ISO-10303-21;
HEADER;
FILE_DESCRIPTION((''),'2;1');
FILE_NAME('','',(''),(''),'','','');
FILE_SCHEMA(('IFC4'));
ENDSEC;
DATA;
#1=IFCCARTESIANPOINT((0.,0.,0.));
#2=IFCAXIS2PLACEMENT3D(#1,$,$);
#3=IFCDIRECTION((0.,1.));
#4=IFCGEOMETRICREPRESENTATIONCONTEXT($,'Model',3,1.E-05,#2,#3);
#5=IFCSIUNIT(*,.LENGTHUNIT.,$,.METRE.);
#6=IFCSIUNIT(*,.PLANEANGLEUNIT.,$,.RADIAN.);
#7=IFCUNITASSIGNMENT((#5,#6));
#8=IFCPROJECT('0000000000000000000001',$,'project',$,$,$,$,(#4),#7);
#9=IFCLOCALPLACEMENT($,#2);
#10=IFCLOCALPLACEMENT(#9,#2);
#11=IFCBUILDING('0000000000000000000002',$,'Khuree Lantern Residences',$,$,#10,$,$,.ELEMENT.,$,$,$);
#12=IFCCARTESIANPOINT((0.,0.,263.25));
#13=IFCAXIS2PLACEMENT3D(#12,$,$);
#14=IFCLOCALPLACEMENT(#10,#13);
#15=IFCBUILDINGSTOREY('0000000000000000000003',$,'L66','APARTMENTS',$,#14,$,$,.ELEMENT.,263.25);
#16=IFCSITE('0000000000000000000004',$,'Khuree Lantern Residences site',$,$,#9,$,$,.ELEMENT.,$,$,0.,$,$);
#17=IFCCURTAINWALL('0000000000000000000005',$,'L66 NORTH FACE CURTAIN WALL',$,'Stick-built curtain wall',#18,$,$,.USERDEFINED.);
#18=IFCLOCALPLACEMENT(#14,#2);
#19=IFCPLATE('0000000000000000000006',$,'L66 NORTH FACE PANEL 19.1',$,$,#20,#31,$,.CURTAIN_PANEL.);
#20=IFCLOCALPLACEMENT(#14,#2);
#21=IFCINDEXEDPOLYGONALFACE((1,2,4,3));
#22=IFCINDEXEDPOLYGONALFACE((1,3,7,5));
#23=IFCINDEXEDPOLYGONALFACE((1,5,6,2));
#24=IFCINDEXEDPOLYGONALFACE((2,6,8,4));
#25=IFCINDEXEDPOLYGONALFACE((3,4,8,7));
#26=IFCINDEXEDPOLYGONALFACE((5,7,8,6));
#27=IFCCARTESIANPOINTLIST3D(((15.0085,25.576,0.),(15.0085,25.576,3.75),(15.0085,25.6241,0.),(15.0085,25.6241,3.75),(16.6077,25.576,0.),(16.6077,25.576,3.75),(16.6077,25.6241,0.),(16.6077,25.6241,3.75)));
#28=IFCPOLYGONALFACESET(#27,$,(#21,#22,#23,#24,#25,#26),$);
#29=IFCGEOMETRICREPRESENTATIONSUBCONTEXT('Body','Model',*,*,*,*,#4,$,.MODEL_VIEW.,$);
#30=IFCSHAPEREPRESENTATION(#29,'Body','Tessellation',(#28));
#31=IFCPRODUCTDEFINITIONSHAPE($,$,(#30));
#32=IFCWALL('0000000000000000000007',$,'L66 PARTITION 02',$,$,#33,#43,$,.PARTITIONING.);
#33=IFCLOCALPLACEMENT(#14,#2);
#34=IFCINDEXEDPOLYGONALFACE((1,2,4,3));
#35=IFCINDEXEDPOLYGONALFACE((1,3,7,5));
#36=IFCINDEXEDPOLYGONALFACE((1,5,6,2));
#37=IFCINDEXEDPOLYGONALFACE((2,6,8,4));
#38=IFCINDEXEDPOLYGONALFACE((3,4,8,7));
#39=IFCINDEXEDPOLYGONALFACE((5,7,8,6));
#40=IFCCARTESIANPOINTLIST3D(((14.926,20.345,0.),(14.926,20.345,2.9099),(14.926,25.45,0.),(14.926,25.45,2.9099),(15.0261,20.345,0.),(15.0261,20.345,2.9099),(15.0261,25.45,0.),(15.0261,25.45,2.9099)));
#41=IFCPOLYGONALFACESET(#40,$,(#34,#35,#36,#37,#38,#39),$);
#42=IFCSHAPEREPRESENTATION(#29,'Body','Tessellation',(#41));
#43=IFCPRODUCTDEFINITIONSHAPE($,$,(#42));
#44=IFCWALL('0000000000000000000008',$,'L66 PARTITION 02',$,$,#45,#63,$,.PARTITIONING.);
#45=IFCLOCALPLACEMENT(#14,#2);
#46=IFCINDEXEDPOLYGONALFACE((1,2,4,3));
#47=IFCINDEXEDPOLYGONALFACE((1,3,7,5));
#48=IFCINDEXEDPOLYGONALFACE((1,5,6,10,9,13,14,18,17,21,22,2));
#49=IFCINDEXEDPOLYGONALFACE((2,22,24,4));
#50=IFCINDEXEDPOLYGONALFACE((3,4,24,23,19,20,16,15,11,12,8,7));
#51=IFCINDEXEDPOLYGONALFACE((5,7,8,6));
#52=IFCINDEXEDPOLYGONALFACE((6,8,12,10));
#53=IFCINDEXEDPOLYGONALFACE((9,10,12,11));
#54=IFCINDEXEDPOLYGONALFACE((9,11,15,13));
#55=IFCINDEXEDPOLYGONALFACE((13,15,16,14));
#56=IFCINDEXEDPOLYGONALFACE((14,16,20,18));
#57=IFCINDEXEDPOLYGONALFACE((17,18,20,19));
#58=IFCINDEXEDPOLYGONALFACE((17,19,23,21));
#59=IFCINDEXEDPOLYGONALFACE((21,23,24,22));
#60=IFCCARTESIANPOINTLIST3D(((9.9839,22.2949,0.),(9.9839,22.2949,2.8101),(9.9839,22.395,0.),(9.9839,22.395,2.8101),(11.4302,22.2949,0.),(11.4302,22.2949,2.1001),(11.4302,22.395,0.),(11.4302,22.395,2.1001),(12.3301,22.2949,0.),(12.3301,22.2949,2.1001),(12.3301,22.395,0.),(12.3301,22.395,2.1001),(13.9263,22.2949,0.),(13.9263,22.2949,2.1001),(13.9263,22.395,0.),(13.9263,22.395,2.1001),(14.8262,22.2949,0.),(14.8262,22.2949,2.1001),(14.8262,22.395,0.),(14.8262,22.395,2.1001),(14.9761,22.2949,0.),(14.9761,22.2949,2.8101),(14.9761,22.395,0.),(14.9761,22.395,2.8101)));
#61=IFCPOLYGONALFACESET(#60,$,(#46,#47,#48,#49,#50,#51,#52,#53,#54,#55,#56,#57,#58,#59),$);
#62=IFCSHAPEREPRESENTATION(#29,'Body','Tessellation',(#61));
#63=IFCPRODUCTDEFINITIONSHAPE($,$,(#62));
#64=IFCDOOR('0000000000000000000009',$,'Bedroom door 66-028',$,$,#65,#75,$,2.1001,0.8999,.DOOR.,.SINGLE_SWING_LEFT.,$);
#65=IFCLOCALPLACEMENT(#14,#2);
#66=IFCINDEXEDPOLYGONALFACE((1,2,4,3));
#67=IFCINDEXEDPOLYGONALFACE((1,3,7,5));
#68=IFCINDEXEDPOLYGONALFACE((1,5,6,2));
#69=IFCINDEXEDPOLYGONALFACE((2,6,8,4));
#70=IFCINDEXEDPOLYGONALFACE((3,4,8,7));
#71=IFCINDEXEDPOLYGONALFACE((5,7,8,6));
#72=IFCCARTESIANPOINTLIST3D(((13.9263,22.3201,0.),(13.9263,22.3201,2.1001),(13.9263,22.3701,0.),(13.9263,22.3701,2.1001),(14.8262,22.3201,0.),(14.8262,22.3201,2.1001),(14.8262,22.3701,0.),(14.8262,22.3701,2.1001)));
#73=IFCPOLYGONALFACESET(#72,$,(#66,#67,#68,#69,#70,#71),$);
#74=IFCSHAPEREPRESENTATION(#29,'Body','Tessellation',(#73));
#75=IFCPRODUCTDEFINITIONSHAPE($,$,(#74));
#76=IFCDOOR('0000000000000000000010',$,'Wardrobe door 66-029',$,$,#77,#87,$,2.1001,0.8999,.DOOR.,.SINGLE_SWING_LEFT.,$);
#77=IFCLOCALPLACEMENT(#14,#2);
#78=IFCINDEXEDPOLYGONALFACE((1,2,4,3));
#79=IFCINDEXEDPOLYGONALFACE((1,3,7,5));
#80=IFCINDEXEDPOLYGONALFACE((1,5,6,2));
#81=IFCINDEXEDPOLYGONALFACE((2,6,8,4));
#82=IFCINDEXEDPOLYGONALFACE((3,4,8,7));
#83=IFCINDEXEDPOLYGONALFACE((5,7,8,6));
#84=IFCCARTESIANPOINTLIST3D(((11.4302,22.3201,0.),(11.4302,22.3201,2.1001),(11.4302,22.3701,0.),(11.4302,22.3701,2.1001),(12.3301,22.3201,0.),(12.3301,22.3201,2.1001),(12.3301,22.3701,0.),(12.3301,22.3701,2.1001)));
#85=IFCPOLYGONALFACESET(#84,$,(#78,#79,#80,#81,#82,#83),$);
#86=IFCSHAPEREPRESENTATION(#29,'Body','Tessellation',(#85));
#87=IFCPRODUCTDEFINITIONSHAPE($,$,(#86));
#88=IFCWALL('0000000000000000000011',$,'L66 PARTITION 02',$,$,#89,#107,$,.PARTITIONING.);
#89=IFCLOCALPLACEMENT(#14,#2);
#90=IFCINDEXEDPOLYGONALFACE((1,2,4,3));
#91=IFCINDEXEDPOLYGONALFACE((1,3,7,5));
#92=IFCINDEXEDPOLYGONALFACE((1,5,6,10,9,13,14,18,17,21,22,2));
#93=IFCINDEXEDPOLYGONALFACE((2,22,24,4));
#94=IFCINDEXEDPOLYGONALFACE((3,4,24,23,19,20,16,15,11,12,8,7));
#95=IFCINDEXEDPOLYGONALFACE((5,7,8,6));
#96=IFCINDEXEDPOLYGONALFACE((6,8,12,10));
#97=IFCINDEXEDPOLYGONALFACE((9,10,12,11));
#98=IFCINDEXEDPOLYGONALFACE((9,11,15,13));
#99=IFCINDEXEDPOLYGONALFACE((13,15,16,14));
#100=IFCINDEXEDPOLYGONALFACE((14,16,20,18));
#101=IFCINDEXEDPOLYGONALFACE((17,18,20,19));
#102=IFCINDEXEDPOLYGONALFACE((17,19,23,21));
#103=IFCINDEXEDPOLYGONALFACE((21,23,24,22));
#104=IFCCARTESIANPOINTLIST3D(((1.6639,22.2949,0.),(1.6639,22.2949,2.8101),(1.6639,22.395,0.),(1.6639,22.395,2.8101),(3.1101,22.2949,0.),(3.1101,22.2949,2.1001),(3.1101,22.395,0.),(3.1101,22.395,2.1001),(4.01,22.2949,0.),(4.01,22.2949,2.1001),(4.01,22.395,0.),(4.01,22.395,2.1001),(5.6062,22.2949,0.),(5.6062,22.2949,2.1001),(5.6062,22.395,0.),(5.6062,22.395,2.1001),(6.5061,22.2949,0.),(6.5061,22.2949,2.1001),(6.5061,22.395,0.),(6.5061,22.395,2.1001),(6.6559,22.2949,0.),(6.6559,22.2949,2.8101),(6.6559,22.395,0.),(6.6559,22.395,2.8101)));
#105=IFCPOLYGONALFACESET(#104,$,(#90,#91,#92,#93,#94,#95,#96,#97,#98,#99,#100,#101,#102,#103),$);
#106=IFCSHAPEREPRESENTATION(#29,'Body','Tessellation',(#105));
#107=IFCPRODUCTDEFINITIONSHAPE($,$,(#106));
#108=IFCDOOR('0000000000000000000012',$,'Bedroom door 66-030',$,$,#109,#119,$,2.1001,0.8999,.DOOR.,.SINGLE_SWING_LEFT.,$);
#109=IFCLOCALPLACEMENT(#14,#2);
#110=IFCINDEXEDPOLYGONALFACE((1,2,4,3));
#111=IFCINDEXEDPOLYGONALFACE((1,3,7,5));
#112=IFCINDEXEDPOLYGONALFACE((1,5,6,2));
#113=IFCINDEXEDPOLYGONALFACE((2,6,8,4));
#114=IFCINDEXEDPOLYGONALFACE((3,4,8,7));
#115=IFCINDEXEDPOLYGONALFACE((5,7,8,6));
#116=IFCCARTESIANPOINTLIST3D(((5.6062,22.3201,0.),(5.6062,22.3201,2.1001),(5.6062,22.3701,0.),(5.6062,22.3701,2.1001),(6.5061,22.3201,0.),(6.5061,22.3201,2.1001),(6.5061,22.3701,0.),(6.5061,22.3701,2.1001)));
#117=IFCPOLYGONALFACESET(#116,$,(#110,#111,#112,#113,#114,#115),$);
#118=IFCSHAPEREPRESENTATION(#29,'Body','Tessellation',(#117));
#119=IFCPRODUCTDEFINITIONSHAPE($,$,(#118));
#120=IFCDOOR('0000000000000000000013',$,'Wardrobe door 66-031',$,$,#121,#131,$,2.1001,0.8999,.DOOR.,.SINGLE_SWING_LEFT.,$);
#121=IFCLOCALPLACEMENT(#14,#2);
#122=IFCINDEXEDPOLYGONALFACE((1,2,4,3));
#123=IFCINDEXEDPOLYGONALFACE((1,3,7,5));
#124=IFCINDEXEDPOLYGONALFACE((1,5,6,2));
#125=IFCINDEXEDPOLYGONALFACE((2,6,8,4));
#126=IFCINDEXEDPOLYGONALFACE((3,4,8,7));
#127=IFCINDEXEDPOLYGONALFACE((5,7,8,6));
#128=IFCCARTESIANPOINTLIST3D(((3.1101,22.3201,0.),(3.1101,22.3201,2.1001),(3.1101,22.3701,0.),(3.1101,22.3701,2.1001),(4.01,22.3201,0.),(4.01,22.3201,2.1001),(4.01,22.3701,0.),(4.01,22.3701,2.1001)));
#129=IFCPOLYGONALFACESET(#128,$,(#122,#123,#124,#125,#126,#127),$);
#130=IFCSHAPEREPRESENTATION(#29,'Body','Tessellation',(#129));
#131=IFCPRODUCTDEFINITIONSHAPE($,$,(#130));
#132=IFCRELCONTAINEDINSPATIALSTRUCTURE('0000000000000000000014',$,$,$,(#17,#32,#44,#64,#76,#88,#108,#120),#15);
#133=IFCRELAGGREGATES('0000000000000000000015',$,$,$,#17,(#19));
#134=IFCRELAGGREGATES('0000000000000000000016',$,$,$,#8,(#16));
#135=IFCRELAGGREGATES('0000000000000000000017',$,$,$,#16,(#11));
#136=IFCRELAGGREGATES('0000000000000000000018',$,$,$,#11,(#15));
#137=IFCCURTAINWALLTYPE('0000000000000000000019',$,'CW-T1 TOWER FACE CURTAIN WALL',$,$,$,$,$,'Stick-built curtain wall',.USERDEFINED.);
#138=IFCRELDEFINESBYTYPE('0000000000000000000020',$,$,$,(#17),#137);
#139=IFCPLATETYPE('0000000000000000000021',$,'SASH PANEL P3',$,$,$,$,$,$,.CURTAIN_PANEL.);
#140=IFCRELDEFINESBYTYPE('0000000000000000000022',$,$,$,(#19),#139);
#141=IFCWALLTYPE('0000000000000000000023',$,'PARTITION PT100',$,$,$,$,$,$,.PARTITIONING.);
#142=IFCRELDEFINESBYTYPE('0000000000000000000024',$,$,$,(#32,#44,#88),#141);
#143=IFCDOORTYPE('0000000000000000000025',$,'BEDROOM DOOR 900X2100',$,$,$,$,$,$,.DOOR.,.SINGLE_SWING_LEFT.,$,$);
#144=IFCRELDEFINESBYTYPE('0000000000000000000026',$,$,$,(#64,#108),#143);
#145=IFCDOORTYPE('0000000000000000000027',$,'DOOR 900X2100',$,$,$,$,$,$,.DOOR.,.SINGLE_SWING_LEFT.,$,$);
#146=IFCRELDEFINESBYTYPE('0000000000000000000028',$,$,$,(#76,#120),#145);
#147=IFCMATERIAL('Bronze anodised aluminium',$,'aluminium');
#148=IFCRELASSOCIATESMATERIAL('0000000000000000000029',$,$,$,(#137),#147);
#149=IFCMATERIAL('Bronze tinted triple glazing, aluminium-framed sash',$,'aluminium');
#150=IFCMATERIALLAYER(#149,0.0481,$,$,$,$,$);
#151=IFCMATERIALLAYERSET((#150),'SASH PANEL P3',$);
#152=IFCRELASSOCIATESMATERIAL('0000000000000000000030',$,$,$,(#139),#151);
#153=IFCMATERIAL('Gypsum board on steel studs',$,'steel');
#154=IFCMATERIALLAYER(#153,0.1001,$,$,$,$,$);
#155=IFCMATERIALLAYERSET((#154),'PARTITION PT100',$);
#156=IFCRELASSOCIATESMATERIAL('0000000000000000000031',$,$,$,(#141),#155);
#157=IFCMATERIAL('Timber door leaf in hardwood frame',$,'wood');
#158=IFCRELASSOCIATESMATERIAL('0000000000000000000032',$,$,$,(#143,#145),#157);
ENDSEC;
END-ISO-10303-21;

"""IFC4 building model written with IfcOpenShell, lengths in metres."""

from ifc_helpers import new_model, si_unit, direction, frame, frame_2d, origin, origin_2d, place, context, subcontext, project, spatial, rectangle, extrude, material, layer, layer_set, type_object, element, fill, aggregate, save


model = new_model("IFC4")

# Units and contexts
model_context = context("Model", 3, precision=1e-05, world=origin(), true_north=direction((0.0, 1.0)))
body_context = subcontext(model_context, "Body", "Model", "MODEL_VIEW")
ifc_project = project(units=[si_unit("LENGTHUNIT", "METRE"), si_unit("PLANEANGLEUNIT", "RADIAN")], contexts=[model_context])

# Site, building, storey
site_placement = place(None, origin())
site = spatial("IfcSite", under=ifc_project, at=site_placement, Name="Khuree Lantern Residences site", CompositionType="ELEMENT", RefElevation=0.0)
building_placement = place(site_placement, origin())
building = spatial("IfcBuilding", under=site, at=building_placement, Name="Khuree Lantern Residences", CompositionType="ELEMENT")
storey_placement = place(building_placement, frame((0.0, 0.0, 263.25)))
storey = spatial("IfcBuildingStorey", under=building, at=storey_placement, Name="L66", Description="APARTMENTS", CompositionType="ELEMENT", Elevation=263.25)

# Curtain wall
ifc_material_1 = material(Name="Bronze anodised aluminium", Category="aluminium")
curtain_wall_type = type_object("IfcCurtainWallType", Name="CW-T1 TOWER FACE CURTAIN WALL", ElementType="Stick-built curtain wall", PredefinedType="USERDEFINED", material=ifc_material_1)
curtain_wall_placement = place(storey_placement, origin())
curtain_wall = element("IfcCurtainWall", 1, at=curtain_wall_placement, inside=storey, type_object=curtain_wall_type, Name="L66 NORTH FACE CURTAIN WALL", ObjectType="Stick-built curtain wall", PredefinedType="USERDEFINED")

# Plate
ifc_material_2 = material(Name="Bronze tinted triple glazing, aluminium-framed sash", Category="aluminium")
ifc_layer_1 = layer(ifc_material_2, 0.0481)
ifc_layer_set_1 = layer_set([ifc_layer_1], Name="SASH PANEL P3")
plate_type_1 = type_object("IfcPlateType", Name="SASH PANEL P3", PredefinedType="CURTAIN_PANEL", material=ifc_layer_set_1)
plate_1_placement = place(storey_placement, frame((15.8081, 25.6001, 0.0), z_axis=(0.0, 0.0, 1.0), x_axis=(-1.0, 0.0, 0.0)))
plate_1 = element("IfcPlate", 2, at=plate_1_placement, type_object=plate_type_1, Name="L66 NORTH FACE PANEL 19.1", PredefinedType="CURTAIN_PANEL", context=body_context, shape_type="SweptSolid", body=[
    extrude(rectangle(XDim=1.5991, YDim=0.0481, at=origin_2d()), origin(), (0.0, 0.0, 1.0), 3.75),
])
aggregate(curtain_wall, [plate_1])

# Wall
ifc_material_3 = material(Name="Gypsum board on steel studs", Category="steel")
ifc_layer_2 = layer(ifc_material_3, 0.1001)
ifc_layer_set_2 = layer_set([ifc_layer_2], Name="PARTITION PT100")
wall_type = type_object("IfcWallType", Name="PARTITION PT100", PredefinedType="PARTITIONING", material=ifc_layer_set_2)
wall_1_placement = place(storey_placement, frame((14.9761, 20.345, 0.0), z_axis=(0.0, 0.0, 1.0), x_axis=(0.0, 1.0, 0.0)))
element("IfcWall", 3, at=wall_1_placement, inside=storey, type_object=wall_type, Name="L66 PARTITION 02", PredefinedType="PARTITIONING", context=body_context, shape_type="SweptSolid", body=[
    extrude(rectangle(XDim=5.105, YDim=0.1001, at=frame_2d((2.5525, 0.0))), origin(), (0.0, 0.0, 1.0), 2.9099),
])

# Walls, openings, doors
wall_2_placement = place(storey_placement, frame((14.9761, 22.345, 0.0), z_axis=(0.0, 0.0, 1.0), x_axis=(-1.0, 0.0, 0.0)))
wall_2 = element("IfcWall", 4, at=wall_2_placement, inside=storey, type_object=wall_type, Name="L66 PARTITION 02", PredefinedType="PARTITIONING", context=body_context, shape_type="SweptSolid", body=[
    extrude(rectangle(XDim=4.9922, YDim=0.1001, at=frame_2d((2.4961, 0.0))), origin(), (0.0, 0.0, 1.0), 2.8101),
])
opening_1_placement = place(wall_2_placement, frame((0.1499, 0.0, 0.0)))
opening_1 = element("IfcOpeningElement", 5, at=opening_1_placement, cuts=wall_2, PredefinedType="OPENING", context=body_context, shape_type="SweptSolid", body=[
    extrude(rectangle(XDim=0.8999, YDim=2.1001, at=frame_2d((0.45, 1.05))), frame((0.0, 0.0601, 0.0), z_axis=(0.0, -1.0, 0.0), x_axis=(1.0, 0.0, 0.0)), (0.0, 0.0, 1.0), 0.1201),
])
opening_2_placement = place(wall_2_placement, frame((2.646, 0.0, 0.0)))
opening_2 = element("IfcOpeningElement", 6, at=opening_2_placement, cuts=wall_2, PredefinedType="OPENING", context=body_context, shape_type="SweptSolid", body=[
    extrude(rectangle(XDim=0.8999, YDim=2.1001, at=frame_2d((0.45, 1.05))), frame((0.0, 0.0601, 0.0), z_axis=(0.0, -1.0, 0.0), x_axis=(1.0, 0.0, 0.0)), (0.0, 0.0, 1.0), 0.1201),
])
ifc_material_4 = material(Name="Timber door leaf in hardwood frame", Category="wood")
door_type_1 = type_object("IfcDoorType", Name="BEDROOM DOOR 900X2100", OperationType="SINGLE_SWING_LEFT", PredefinedType="DOOR", material=ifc_material_4)
door_1_placement = place(opening_1_placement, origin())
door_1 = element("IfcDoor", 7, at=door_1_placement, inside=storey, type_object=door_type_1, Name="Bedroom door 66-028", OperationType="SINGLE_SWING_LEFT", OverallHeight=2.1001, OverallWidth=0.8999, PredefinedType="DOOR", context=body_context, shape_type="SweptSolid", body=[
    extrude(rectangle(XDim=0.8999, YDim=2.1001, at=frame_2d((0.45, 1.05))), frame((0.0, 0.0249, 0.0), z_axis=(0.0, -1.0, 0.0), x_axis=(1.0, 0.0, 0.0)), (0.0, 0.0, 1.0), 0.05),
])
fill(opening_1, door_1)
door_type_2 = type_object("IfcDoorType", Name="DOOR 900X2100", OperationType="SINGLE_SWING_LEFT", PredefinedType="DOOR", material=ifc_material_4)
door_2_placement = place(opening_2_placement, origin())
door_2 = element("IfcDoor", 8, at=door_2_placement, inside=storey, type_object=door_type_2, Name="Wardrobe door 66-029", OperationType="SINGLE_SWING_LEFT", OverallHeight=2.1001, OverallWidth=0.8999, PredefinedType="DOOR", context=body_context, shape_type="SweptSolid", body=[
    extrude(rectangle(XDim=0.8999, YDim=2.1001, at=frame_2d((0.45, 1.05))), frame((0.0, 0.0249, 0.0), z_axis=(0.0, -1.0, 0.0), x_axis=(1.0, 0.0, 0.0)), (0.0, 0.0, 1.0), 0.05),
])
fill(opening_2, door_2)
wall_3_placement = place(storey_placement, frame((6.656, 22.345, 0.0), z_axis=(0.0, 0.0, 1.0), x_axis=(-1.0, 0.0, 0.0)))
wall_3 = element("IfcWall", 9, at=wall_3_placement, inside=storey, type_object=wall_type, Name="L66 PARTITION 02", PredefinedType="PARTITIONING", context=body_context, shape_type="SweptSolid", body=[
    extrude(rectangle(XDim=4.9919, YDim=0.1001, at=frame_2d((2.4961, 0.0))), origin(), (0.0, 0.0, 1.0), 2.8101),
])
opening_3_placement = place(wall_3_placement, frame((0.1499, 0.0, 0.0)))
opening_3 = element("IfcOpeningElement", 10, at=opening_3_placement, cuts=wall_3, PredefinedType="OPENING", context=body_context, shape_type="SweptSolid", body=[
    extrude(rectangle(XDim=0.8999, YDim=2.1001, at=frame_2d((0.45, 1.05))), frame((0.0, 0.0601, 0.0), z_axis=(0.0, -1.0, 0.0), x_axis=(1.0, 0.0, 0.0)), (0.0, 0.0, 1.0), 0.1201),
])
opening_4_placement = place(wall_3_placement, frame((2.646, 0.0, 0.0)))
opening_4 = element("IfcOpeningElement", 11, at=opening_4_placement, cuts=wall_3, PredefinedType="OPENING", context=body_context, shape_type="SweptSolid", body=[
    extrude(rectangle(XDim=0.8999, YDim=2.1001, at=frame_2d((0.45, 1.05))), frame((0.0, 0.0601, 0.0), z_axis=(0.0, -1.0, 0.0), x_axis=(1.0, 0.0, 0.0)), (0.0, 0.0, 1.0), 0.1201),
])
door_3_placement = place(opening_3_placement, origin())
door_3 = element("IfcDoor", 12, at=door_3_placement, inside=storey, type_object=door_type_1, Name="Bedroom door 66-030", OperationType="SINGLE_SWING_LEFT", OverallHeight=2.1001, OverallWidth=0.8999, PredefinedType="DOOR", context=body_context, shape_type="SweptSolid", body=[
    extrude(rectangle(XDim=0.8999, YDim=2.1001, at=frame_2d((0.45, 1.05))), frame((0.0, 0.0249, 0.0), z_axis=(0.0, -1.0, 0.0), x_axis=(1.0, 0.0, 0.0)), (0.0, 0.0, 1.0), 0.05),
])
fill(opening_3, door_3)
door_4_placement = place(opening_4_placement, origin())
door_4 = element("IfcDoor", 13, at=door_4_placement, inside=storey, type_object=door_type_2, Name="Wardrobe door 66-031", OperationType="SINGLE_SWING_LEFT", OverallHeight=2.1001, OverallWidth=0.8999, PredefinedType="DOOR", context=body_context, shape_type="SweptSolid", body=[
    extrude(rectangle(XDim=0.8999, YDim=2.1001, at=frame_2d((0.45, 1.05))), frame((0.0, 0.0249, 0.0), z_axis=(0.0, -1.0, 0.0), x_axis=(1.0, 0.0, 0.0)), (0.0, 0.0, 1.0), 0.05),
])
fill(opening_4, door_4)

save(model, "model.ifc")
